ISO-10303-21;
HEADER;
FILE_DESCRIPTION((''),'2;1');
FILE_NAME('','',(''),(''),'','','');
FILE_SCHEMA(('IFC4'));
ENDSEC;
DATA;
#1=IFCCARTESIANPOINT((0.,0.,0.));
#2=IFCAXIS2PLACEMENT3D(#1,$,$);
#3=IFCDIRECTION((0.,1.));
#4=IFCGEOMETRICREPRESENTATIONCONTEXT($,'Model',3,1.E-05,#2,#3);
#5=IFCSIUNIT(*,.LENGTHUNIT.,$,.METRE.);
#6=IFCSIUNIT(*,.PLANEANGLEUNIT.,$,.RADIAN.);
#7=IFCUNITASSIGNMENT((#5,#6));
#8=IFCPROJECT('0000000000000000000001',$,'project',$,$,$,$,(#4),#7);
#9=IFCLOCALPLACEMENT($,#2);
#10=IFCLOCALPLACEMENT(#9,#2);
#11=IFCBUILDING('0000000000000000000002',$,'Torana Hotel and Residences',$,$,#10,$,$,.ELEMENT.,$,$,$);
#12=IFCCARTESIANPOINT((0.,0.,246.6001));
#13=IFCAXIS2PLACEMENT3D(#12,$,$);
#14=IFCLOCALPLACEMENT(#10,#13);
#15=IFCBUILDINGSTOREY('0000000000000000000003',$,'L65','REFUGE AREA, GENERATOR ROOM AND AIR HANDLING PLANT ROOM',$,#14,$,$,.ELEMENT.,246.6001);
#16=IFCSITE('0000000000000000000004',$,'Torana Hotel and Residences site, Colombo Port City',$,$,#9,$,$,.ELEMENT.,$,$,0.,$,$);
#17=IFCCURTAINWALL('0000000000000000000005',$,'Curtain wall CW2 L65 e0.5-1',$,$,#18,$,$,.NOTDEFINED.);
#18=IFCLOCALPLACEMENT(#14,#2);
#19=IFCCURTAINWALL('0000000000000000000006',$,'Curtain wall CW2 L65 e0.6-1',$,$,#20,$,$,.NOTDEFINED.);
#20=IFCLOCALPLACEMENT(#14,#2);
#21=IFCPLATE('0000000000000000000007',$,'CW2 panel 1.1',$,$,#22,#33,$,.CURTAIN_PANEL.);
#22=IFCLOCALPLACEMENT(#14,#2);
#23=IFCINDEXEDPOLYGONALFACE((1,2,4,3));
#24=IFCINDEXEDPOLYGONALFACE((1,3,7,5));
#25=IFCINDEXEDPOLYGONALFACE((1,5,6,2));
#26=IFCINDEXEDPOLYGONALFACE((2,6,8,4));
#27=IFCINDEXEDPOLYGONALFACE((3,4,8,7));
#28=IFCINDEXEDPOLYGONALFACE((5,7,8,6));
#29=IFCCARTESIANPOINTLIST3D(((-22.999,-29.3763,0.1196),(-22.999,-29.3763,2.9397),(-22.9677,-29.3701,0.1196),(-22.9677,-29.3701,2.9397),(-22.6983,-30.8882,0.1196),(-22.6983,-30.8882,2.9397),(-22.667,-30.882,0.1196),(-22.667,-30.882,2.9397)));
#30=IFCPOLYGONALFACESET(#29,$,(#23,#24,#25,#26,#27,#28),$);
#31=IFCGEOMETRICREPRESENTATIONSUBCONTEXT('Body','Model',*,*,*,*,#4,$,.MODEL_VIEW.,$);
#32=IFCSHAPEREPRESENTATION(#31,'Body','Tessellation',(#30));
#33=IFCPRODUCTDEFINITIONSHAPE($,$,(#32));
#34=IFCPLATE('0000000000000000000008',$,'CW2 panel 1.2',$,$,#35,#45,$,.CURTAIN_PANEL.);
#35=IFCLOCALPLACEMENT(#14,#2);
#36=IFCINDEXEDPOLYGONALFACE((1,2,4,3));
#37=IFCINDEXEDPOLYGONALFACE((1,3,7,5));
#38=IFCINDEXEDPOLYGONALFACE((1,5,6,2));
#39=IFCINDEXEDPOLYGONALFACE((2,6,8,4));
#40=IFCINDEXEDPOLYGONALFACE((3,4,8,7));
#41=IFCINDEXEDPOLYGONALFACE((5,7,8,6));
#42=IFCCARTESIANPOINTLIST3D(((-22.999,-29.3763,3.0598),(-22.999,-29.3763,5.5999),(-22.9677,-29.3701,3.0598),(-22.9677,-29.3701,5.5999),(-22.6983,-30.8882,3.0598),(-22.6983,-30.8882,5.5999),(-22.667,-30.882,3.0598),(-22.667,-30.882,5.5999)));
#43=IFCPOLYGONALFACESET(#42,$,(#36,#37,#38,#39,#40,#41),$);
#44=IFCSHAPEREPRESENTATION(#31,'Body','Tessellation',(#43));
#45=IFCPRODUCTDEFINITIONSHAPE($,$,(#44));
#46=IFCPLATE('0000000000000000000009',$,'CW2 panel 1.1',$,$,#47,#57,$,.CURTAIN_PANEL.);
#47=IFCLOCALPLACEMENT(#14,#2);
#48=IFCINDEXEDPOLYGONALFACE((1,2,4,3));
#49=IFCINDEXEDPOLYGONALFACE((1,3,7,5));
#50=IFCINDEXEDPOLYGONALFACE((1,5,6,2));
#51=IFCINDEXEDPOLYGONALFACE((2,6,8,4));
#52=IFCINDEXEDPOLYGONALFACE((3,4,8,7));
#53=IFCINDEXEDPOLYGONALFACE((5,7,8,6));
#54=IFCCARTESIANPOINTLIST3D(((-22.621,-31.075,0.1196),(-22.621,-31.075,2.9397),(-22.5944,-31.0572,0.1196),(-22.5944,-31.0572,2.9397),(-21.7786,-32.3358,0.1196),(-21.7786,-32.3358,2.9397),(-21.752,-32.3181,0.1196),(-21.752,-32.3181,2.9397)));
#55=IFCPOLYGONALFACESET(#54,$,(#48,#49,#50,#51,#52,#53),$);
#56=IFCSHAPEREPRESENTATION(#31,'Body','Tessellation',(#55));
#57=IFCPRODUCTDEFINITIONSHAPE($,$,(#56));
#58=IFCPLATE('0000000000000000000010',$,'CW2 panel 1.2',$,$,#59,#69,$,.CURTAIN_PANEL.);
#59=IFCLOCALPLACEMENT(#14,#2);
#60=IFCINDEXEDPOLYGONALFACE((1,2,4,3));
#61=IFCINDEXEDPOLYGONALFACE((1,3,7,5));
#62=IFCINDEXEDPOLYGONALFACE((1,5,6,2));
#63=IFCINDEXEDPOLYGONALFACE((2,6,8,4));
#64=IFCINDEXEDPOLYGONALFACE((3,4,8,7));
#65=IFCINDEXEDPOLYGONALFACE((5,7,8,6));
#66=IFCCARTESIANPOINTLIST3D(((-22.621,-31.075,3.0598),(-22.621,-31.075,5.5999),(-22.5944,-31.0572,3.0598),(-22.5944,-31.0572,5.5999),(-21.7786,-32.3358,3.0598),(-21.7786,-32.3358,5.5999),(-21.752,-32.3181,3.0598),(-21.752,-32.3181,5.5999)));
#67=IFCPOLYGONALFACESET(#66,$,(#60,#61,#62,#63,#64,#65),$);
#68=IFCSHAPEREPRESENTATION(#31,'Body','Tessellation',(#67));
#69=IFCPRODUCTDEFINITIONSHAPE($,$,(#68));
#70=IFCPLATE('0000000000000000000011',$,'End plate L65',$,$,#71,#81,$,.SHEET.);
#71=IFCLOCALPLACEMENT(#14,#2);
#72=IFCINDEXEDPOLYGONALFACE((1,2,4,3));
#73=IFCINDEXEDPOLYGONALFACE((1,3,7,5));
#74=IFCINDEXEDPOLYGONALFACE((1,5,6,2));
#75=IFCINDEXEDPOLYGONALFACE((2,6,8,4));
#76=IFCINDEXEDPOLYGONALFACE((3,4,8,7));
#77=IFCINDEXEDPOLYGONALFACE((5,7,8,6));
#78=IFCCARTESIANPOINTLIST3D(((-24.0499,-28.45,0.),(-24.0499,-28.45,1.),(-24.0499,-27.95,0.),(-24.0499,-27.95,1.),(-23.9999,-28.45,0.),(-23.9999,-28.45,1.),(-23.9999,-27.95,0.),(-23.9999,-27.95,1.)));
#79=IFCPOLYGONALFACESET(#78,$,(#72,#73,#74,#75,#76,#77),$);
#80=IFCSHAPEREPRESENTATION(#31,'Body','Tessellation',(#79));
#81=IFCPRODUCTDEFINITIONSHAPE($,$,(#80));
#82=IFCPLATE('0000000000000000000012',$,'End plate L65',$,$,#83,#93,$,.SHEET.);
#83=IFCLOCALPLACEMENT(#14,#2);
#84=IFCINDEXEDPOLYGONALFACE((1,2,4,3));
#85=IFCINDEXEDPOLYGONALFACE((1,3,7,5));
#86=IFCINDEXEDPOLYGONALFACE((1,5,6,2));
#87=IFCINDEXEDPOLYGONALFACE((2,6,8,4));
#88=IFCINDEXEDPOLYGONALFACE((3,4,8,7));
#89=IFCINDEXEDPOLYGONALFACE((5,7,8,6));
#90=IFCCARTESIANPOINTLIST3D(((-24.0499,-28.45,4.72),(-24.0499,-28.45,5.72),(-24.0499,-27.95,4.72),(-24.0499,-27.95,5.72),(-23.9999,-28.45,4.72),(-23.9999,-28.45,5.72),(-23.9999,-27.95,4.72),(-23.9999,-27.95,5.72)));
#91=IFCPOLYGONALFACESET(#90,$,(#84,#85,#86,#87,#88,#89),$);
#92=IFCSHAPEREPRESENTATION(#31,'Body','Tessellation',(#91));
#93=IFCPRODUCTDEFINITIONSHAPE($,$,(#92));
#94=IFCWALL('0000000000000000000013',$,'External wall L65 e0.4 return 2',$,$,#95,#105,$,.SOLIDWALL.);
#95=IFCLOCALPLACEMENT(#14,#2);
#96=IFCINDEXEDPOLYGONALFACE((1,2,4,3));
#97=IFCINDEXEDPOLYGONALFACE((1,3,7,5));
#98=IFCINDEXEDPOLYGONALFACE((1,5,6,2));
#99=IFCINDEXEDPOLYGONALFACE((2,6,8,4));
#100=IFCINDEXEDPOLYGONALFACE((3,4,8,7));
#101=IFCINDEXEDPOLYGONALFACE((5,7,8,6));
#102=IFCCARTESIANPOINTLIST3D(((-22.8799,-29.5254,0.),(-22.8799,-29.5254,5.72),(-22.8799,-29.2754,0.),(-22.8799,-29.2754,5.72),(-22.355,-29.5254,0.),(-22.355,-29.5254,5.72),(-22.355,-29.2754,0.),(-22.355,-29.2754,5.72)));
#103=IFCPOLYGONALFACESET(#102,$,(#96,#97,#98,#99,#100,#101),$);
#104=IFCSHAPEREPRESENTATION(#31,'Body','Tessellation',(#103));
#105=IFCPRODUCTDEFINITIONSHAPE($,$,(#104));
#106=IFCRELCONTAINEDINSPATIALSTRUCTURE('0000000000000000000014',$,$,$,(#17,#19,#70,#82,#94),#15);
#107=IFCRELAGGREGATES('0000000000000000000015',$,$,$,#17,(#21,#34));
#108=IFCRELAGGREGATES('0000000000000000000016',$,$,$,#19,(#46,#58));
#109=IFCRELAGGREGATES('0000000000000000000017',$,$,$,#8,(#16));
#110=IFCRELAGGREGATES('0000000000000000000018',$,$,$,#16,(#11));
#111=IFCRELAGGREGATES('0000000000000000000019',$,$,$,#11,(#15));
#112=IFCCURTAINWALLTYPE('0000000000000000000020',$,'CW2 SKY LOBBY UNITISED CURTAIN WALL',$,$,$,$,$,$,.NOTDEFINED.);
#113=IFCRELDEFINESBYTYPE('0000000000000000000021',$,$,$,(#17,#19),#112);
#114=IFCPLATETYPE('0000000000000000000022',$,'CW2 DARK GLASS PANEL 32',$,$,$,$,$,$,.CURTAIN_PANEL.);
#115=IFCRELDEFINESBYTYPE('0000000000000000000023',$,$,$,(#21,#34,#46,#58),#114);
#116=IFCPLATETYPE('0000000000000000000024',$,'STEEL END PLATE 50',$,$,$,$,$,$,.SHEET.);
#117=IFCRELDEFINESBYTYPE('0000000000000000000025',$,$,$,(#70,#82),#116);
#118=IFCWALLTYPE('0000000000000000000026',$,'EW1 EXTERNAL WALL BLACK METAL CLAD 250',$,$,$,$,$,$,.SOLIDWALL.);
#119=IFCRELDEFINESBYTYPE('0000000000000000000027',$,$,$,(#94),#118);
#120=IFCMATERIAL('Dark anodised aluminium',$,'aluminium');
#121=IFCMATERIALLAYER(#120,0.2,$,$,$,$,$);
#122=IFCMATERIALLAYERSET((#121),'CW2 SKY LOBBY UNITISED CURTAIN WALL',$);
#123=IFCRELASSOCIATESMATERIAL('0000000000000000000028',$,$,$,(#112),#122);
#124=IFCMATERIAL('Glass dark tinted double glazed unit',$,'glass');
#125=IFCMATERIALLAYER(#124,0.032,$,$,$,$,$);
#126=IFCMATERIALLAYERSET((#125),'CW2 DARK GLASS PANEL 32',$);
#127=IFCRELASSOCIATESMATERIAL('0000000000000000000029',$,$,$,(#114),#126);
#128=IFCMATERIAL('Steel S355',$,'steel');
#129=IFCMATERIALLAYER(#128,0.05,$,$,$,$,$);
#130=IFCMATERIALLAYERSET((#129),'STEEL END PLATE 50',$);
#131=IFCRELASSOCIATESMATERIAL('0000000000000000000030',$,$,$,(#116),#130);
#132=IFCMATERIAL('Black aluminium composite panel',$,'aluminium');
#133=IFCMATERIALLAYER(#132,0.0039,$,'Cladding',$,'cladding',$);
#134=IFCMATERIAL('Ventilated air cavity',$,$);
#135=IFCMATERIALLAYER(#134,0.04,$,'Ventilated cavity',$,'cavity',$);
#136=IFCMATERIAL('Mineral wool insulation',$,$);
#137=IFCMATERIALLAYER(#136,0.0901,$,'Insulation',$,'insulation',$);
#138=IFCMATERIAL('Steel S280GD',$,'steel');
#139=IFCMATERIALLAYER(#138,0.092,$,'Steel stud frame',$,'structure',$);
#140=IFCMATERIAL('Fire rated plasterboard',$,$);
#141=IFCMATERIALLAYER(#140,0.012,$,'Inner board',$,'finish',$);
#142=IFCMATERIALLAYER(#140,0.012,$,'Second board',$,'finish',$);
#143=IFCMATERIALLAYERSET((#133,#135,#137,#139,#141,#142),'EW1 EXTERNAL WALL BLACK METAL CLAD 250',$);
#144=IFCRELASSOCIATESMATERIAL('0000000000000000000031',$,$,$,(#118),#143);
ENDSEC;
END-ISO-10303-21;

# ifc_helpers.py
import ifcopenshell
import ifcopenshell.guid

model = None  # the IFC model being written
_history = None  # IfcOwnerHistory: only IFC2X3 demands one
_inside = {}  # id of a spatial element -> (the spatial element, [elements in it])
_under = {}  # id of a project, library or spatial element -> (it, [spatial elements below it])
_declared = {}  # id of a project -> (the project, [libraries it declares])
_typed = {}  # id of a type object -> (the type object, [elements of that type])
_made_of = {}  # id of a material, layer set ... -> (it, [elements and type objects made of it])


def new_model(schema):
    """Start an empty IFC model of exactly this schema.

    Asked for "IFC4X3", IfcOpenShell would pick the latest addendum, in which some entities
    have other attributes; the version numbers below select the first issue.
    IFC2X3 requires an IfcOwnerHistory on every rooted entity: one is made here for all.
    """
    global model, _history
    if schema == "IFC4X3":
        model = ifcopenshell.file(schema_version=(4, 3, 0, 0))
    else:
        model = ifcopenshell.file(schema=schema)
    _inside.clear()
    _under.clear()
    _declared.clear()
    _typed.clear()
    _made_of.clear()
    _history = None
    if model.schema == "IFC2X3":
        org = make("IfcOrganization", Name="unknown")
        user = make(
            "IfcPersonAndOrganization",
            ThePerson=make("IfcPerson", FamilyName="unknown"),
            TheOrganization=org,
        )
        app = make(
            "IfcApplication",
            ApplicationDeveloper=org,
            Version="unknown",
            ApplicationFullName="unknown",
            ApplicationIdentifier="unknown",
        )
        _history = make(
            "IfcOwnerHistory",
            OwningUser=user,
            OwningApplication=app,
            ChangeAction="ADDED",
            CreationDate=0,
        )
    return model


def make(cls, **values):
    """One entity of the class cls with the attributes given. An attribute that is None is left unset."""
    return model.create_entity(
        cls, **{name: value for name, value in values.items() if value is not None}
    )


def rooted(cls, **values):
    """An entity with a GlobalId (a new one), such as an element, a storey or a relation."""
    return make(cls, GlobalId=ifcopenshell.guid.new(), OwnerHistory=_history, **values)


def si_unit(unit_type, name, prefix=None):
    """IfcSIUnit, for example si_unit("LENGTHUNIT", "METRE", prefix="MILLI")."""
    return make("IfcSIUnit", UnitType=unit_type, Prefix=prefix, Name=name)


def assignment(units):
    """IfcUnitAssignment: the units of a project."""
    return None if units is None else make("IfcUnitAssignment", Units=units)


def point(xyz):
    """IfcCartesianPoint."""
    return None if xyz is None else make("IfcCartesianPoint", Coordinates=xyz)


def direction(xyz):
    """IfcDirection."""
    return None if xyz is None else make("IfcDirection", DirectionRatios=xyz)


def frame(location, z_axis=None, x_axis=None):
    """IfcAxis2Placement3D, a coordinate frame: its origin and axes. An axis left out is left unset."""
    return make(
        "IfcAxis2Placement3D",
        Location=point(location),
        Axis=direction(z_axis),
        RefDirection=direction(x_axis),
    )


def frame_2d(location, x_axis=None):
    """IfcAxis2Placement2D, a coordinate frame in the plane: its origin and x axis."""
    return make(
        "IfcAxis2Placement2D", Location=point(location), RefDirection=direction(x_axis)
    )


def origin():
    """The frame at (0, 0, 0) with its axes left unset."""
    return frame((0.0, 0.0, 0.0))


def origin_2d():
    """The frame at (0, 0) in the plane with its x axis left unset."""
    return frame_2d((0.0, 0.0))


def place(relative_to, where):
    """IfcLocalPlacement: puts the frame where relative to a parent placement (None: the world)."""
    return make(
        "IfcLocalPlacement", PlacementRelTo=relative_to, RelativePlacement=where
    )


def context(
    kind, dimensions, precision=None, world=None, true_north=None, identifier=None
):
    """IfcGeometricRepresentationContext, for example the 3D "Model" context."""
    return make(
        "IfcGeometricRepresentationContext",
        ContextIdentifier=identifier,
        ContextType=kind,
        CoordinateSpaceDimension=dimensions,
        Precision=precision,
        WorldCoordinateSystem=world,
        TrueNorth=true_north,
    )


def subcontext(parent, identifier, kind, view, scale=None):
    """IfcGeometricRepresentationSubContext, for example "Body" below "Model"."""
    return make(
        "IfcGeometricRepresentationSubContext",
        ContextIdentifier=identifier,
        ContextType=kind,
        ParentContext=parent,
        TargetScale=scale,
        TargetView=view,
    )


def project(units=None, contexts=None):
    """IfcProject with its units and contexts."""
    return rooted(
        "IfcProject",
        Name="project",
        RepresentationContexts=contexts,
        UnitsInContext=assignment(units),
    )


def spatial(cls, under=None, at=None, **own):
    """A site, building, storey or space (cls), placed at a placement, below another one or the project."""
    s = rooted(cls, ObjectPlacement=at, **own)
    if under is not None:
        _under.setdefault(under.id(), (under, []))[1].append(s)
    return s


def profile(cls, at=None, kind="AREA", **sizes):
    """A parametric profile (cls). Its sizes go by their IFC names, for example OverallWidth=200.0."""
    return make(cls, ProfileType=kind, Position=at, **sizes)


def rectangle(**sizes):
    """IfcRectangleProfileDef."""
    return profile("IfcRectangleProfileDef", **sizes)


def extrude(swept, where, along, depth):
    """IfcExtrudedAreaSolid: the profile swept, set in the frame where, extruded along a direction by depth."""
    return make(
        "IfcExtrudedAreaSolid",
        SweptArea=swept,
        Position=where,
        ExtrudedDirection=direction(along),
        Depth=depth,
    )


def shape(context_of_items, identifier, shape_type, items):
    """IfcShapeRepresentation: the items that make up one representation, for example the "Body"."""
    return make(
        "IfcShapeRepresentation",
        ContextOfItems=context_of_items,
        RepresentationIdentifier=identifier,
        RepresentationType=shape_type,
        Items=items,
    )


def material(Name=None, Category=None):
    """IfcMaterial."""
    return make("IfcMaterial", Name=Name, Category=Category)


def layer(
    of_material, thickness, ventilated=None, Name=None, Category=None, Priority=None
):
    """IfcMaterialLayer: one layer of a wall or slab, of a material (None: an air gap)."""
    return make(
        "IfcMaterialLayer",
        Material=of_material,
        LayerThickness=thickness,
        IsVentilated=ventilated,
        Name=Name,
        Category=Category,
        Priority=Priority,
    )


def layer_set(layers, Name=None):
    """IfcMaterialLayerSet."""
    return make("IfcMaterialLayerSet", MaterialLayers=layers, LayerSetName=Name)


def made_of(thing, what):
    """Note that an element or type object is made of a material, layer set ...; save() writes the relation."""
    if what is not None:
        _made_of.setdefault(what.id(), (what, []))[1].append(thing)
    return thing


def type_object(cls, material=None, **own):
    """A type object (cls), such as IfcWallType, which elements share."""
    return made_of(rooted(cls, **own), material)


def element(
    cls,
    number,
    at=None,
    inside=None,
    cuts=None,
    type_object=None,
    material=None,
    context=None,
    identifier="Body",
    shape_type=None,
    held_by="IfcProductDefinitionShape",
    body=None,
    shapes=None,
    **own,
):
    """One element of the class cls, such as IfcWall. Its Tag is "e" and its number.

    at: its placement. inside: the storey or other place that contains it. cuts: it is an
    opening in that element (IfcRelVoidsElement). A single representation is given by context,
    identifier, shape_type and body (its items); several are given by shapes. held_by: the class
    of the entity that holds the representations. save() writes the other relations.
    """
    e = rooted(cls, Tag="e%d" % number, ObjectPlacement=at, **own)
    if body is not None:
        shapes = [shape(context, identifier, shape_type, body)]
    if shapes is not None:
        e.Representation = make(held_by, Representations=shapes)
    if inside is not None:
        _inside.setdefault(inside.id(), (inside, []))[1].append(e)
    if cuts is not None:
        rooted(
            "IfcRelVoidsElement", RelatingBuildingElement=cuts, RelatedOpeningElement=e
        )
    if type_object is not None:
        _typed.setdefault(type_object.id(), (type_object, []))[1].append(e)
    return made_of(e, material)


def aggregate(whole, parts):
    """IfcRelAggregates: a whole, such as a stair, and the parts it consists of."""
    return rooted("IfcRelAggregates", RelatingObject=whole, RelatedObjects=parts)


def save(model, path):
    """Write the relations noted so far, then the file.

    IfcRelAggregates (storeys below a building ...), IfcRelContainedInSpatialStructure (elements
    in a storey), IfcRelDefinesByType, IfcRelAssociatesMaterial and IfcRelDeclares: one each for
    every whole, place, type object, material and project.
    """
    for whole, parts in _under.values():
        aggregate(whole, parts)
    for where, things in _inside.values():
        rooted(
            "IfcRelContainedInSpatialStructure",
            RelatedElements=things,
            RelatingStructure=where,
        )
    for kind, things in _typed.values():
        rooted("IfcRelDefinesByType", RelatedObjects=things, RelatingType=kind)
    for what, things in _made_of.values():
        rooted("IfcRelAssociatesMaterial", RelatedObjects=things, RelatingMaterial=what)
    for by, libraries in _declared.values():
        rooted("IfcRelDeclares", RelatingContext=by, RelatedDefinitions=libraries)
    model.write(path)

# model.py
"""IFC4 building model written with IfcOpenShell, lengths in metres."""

from ifc_helpers import new_model, si_unit, direction, frame, frame_2d, origin, origin_2d, place, context, subcontext, project, spatial, rectangle, extrude, material, layer, layer_set, type_object, element, aggregate, save


model = new_model("IFC4")

# Units and contexts
model_context = context("Model", 3, precision=1e-05, world=origin(), true_north=direction((0.0, 1.0)))
body_context = subcontext(model_context, "Body", "Model", "MODEL_VIEW")
ifc_project = project(units=[si_unit("LENGTHUNIT", "METRE"), si_unit("PLANEANGLEUNIT", "RADIAN")], contexts=[model_context])

# Site, building, storey
site_placement = place(None, origin())
site = spatial("IfcSite", under=ifc_project, at=site_placement, Name="Torana Hotel and Residences site, Colombo Port City", CompositionType="ELEMENT", RefElevation=0.0)
building_placement = place(site_placement, origin())
building = spatial("IfcBuilding", under=site, at=building_placement, Name="Torana Hotel and Residences", CompositionType="ELEMENT")
storey_placement = place(building_placement, frame((0.0, 0.0, 246.6001)))
storey = spatial("IfcBuildingStorey", under=building, at=storey_placement, Name="L65", Description="REFUGE AREA, GENERATOR ROOM AND AIR HANDLING PLANT ROOM", CompositionType="ELEMENT", Elevation=246.6001)

# Shared definitions
ifc_material_1 = material(Name="Dark anodised aluminium", Category="aluminium")
ifc_layer_1 = layer(ifc_material_1, 0.2)
ifc_layer_set_1 = layer_set([ifc_layer_1], Name="CW2 SKY LOBBY UNITISED CURTAIN WALL")
curtain_wall_type = type_object("IfcCurtainWallType", Name="CW2 SKY LOBBY UNITISED CURTAIN WALL", PredefinedType="NOTDEFINED", material=ifc_layer_set_1)

# Curtain walls
curtain_wall_1_placement = place(storey_placement, origin())
curtain_wall_1 = element("IfcCurtainWall", 1, at=curtain_wall_1_placement, inside=storey, type_object=curtain_wall_type, Name="Curtain wall CW2 L65 e0.5-1", PredefinedType="NOTDEFINED")
curtain_wall_2_placement = place(storey_placement, origin())
curtain_wall_2 = element("IfcCurtainWall", 2, at=curtain_wall_2_placement, inside=storey, type_object=curtain_wall_type, Name="Curtain wall CW2 L65 e0.6-1", PredefinedType="NOTDEFINED")

# Plates
ifc_material_2 = material(Name="Glass dark tinted double glazed unit", Category="glass")
ifc_layer_2 = layer(ifc_material_2, 0.032)
ifc_layer_set_2 = layer_set([ifc_layer_2], Name="CW2 DARK GLASS PANEL 32")
plate_type_1 = type_object("IfcPlateType", Name="CW2 DARK GLASS PANEL 32", PredefinedType="CURTAIN_PANEL", material=ifc_layer_set_2)
plate_1_placement = place(storey_placement, frame((-22.833, -30.1292, 0.1196), z_axis=(0.0, 0.0, 1.0), x_axis=(0.195064, -0.980791, 0.0)))
plate_1 = element("IfcPlate", 3, at=plate_1_placement, type_object=plate_type_1, Name="CW2 panel 1.1", PredefinedType="CURTAIN_PANEL", context=body_context, shape_type="SweptSolid", body=[
    extrude(rectangle(XDim=1.5415, YDim=0.032, at=origin_2d()), origin(), (0.0, 0.0, 1.0), 2.8201),
])
plate_2_placement = place(storey_placement, frame((-22.833, -30.1292, 3.0598), z_axis=(0.0, 0.0, 1.0), x_axis=(0.195064, -0.980791, 0.0)))
plate_2 = element("IfcPlate", 4, at=plate_2_placement, type_object=plate_type_1, Name="CW2 panel 1.2", PredefinedType="CURTAIN_PANEL", context=body_context, shape_type="SweptSolid", body=[
    extrude(rectangle(XDim=1.5415, YDim=0.032, at=origin_2d()), origin(), (0.0, 0.0, 1.0), 2.54),
])
aggregate(curtain_wall_1, [plate_1, plate_2])
plate_3_placement = place(storey_placement, frame((-22.1865, -31.6965, 0.1196), z_axis=(0.0, 0.0, 1.0), x_axis=(0.555564, -0.831474, 0.0)))
plate_3 = element("IfcPlate", 5, at=plate_3_placement, type_object=plate_type_1, Name="CW2 panel 1.1", PredefinedType="CURTAIN_PANEL", context=body_context, shape_type="SweptSolid", body=[
    extrude(rectangle(XDim=1.5164, YDim=0.032, at=origin_2d()), origin(), (0.0, 0.0, 1.0), 2.8201),
])
plate_4_placement = place(storey_placement, frame((-22.1865, -31.6965, 3.0598), z_axis=(0.0, 0.0, 1.0), x_axis=(0.555564, -0.831474, 0.0)))
plate_4 = element("IfcPlate", 6, at=plate_4_placement, type_object=plate_type_1, Name="CW2 panel 1.2", PredefinedType="CURTAIN_PANEL", context=body_context, shape_type="SweptSolid", body=[
    extrude(rectangle(XDim=1.5164, YDim=0.032, at=origin_2d()), origin(), (0.0, 0.0, 1.0), 2.54),
])
aggregate(curtain_wall_2, [plate_3, plate_4])

# Plates
ifc_material_3 = material(Name="Steel S355", Category="steel")
ifc_layer_3 = layer(ifc_material_3, 0.05)
ifc_layer_set_3 = layer_set([ifc_layer_3], Name="STEEL END PLATE 50")
plate_type_2 = type_object("IfcPlateType", Name="STEEL END PLATE 50", PredefinedType="SHEET", material=ifc_layer_set_3)
for number, where, z_axis, x_axis, name in (
    (7, (-24.0249, -28.2, 0.0), (0.0, 0.0, 1.0), (-1.0, 0.0, 0.0), "End plate L65"),
    (8, (-24.0249, -28.2, 4.72), (0.0, 0.0, 1.0), (-1.0, 0.0, 0.0), "End plate L65"),
):
    element("IfcPlate", number, at=place(storey_placement, frame(where, z_axis=z_axis, x_axis=x_axis)), inside=storey, type_object=plate_type_2, Name=name, PredefinedType="SHEET", context=body_context, shape_type="SweptSolid", body=[
        extrude(rectangle(XDim=0.05, YDim=0.5, at=origin_2d()), origin(), (0.0, 0.0, 1.0), 1.0),
    ])

# Wall
ifc_material_4 = material(Name="Black aluminium composite panel", Category="aluminium")
ifc_layer_4 = layer(ifc_material_4, 0.0039, Name="Cladding", Category="cladding")
ifc_material_5 = material(Name="Ventilated air cavity")
ifc_layer_5 = layer(ifc_material_5, 0.04, Name="Ventilated cavity", Category="cavity")
ifc_material_6 = material(Name="Mineral wool insulation")
ifc_layer_6 = layer(ifc_material_6, 0.0901, Name="Insulation", Category="insulation")
ifc_material_7 = material(Name="Steel S280GD", Category="steel")
ifc_layer_7 = layer(ifc_material_7, 0.092, Name="Steel stud frame", Category="structure")
ifc_material_8 = material(Name="Fire rated plasterboard")
ifc_layer_8 = layer(ifc_material_8, 0.012, Name="Inner board", Category="finish")
ifc_layer_9 = layer(ifc_material_8, 0.012, Name="Second board", Category="finish")
ifc_layer_set_4 = layer_set([ifc_layer_4, ifc_layer_5, ifc_layer_6, ifc_layer_7, ifc_layer_8, ifc_layer_9], Name="EW1 EXTERNAL WALL BLACK METAL CLAD 250")
wall_type = type_object("IfcWallType", Name="EW1 EXTERNAL WALL BLACK METAL CLAD 250", PredefinedType="SOLIDWALL", material=ifc_layer_set_4)
wall_placement = place(storey_placement, frame((-22.355, -29.4004, 0.0), z_axis=(0.0, 0.0, 1.0), x_axis=(-1.0, 0.0, 0.0)))
element("IfcWall", 9, at=wall_placement, inside=storey, type_object=wall_type, Name="External wall L65 e0.4 return 2", PredefinedType="SOLIDWALL", context=body_context, shape_type="SweptSolid", body=[
    extrude(rectangle(XDim=0.5249, YDim=0.25, at=frame_2d((0.2625, 0.0))), origin(), (0.0, 0.0, 1.0), 5.72),
])

save(model, "model.ifc")
